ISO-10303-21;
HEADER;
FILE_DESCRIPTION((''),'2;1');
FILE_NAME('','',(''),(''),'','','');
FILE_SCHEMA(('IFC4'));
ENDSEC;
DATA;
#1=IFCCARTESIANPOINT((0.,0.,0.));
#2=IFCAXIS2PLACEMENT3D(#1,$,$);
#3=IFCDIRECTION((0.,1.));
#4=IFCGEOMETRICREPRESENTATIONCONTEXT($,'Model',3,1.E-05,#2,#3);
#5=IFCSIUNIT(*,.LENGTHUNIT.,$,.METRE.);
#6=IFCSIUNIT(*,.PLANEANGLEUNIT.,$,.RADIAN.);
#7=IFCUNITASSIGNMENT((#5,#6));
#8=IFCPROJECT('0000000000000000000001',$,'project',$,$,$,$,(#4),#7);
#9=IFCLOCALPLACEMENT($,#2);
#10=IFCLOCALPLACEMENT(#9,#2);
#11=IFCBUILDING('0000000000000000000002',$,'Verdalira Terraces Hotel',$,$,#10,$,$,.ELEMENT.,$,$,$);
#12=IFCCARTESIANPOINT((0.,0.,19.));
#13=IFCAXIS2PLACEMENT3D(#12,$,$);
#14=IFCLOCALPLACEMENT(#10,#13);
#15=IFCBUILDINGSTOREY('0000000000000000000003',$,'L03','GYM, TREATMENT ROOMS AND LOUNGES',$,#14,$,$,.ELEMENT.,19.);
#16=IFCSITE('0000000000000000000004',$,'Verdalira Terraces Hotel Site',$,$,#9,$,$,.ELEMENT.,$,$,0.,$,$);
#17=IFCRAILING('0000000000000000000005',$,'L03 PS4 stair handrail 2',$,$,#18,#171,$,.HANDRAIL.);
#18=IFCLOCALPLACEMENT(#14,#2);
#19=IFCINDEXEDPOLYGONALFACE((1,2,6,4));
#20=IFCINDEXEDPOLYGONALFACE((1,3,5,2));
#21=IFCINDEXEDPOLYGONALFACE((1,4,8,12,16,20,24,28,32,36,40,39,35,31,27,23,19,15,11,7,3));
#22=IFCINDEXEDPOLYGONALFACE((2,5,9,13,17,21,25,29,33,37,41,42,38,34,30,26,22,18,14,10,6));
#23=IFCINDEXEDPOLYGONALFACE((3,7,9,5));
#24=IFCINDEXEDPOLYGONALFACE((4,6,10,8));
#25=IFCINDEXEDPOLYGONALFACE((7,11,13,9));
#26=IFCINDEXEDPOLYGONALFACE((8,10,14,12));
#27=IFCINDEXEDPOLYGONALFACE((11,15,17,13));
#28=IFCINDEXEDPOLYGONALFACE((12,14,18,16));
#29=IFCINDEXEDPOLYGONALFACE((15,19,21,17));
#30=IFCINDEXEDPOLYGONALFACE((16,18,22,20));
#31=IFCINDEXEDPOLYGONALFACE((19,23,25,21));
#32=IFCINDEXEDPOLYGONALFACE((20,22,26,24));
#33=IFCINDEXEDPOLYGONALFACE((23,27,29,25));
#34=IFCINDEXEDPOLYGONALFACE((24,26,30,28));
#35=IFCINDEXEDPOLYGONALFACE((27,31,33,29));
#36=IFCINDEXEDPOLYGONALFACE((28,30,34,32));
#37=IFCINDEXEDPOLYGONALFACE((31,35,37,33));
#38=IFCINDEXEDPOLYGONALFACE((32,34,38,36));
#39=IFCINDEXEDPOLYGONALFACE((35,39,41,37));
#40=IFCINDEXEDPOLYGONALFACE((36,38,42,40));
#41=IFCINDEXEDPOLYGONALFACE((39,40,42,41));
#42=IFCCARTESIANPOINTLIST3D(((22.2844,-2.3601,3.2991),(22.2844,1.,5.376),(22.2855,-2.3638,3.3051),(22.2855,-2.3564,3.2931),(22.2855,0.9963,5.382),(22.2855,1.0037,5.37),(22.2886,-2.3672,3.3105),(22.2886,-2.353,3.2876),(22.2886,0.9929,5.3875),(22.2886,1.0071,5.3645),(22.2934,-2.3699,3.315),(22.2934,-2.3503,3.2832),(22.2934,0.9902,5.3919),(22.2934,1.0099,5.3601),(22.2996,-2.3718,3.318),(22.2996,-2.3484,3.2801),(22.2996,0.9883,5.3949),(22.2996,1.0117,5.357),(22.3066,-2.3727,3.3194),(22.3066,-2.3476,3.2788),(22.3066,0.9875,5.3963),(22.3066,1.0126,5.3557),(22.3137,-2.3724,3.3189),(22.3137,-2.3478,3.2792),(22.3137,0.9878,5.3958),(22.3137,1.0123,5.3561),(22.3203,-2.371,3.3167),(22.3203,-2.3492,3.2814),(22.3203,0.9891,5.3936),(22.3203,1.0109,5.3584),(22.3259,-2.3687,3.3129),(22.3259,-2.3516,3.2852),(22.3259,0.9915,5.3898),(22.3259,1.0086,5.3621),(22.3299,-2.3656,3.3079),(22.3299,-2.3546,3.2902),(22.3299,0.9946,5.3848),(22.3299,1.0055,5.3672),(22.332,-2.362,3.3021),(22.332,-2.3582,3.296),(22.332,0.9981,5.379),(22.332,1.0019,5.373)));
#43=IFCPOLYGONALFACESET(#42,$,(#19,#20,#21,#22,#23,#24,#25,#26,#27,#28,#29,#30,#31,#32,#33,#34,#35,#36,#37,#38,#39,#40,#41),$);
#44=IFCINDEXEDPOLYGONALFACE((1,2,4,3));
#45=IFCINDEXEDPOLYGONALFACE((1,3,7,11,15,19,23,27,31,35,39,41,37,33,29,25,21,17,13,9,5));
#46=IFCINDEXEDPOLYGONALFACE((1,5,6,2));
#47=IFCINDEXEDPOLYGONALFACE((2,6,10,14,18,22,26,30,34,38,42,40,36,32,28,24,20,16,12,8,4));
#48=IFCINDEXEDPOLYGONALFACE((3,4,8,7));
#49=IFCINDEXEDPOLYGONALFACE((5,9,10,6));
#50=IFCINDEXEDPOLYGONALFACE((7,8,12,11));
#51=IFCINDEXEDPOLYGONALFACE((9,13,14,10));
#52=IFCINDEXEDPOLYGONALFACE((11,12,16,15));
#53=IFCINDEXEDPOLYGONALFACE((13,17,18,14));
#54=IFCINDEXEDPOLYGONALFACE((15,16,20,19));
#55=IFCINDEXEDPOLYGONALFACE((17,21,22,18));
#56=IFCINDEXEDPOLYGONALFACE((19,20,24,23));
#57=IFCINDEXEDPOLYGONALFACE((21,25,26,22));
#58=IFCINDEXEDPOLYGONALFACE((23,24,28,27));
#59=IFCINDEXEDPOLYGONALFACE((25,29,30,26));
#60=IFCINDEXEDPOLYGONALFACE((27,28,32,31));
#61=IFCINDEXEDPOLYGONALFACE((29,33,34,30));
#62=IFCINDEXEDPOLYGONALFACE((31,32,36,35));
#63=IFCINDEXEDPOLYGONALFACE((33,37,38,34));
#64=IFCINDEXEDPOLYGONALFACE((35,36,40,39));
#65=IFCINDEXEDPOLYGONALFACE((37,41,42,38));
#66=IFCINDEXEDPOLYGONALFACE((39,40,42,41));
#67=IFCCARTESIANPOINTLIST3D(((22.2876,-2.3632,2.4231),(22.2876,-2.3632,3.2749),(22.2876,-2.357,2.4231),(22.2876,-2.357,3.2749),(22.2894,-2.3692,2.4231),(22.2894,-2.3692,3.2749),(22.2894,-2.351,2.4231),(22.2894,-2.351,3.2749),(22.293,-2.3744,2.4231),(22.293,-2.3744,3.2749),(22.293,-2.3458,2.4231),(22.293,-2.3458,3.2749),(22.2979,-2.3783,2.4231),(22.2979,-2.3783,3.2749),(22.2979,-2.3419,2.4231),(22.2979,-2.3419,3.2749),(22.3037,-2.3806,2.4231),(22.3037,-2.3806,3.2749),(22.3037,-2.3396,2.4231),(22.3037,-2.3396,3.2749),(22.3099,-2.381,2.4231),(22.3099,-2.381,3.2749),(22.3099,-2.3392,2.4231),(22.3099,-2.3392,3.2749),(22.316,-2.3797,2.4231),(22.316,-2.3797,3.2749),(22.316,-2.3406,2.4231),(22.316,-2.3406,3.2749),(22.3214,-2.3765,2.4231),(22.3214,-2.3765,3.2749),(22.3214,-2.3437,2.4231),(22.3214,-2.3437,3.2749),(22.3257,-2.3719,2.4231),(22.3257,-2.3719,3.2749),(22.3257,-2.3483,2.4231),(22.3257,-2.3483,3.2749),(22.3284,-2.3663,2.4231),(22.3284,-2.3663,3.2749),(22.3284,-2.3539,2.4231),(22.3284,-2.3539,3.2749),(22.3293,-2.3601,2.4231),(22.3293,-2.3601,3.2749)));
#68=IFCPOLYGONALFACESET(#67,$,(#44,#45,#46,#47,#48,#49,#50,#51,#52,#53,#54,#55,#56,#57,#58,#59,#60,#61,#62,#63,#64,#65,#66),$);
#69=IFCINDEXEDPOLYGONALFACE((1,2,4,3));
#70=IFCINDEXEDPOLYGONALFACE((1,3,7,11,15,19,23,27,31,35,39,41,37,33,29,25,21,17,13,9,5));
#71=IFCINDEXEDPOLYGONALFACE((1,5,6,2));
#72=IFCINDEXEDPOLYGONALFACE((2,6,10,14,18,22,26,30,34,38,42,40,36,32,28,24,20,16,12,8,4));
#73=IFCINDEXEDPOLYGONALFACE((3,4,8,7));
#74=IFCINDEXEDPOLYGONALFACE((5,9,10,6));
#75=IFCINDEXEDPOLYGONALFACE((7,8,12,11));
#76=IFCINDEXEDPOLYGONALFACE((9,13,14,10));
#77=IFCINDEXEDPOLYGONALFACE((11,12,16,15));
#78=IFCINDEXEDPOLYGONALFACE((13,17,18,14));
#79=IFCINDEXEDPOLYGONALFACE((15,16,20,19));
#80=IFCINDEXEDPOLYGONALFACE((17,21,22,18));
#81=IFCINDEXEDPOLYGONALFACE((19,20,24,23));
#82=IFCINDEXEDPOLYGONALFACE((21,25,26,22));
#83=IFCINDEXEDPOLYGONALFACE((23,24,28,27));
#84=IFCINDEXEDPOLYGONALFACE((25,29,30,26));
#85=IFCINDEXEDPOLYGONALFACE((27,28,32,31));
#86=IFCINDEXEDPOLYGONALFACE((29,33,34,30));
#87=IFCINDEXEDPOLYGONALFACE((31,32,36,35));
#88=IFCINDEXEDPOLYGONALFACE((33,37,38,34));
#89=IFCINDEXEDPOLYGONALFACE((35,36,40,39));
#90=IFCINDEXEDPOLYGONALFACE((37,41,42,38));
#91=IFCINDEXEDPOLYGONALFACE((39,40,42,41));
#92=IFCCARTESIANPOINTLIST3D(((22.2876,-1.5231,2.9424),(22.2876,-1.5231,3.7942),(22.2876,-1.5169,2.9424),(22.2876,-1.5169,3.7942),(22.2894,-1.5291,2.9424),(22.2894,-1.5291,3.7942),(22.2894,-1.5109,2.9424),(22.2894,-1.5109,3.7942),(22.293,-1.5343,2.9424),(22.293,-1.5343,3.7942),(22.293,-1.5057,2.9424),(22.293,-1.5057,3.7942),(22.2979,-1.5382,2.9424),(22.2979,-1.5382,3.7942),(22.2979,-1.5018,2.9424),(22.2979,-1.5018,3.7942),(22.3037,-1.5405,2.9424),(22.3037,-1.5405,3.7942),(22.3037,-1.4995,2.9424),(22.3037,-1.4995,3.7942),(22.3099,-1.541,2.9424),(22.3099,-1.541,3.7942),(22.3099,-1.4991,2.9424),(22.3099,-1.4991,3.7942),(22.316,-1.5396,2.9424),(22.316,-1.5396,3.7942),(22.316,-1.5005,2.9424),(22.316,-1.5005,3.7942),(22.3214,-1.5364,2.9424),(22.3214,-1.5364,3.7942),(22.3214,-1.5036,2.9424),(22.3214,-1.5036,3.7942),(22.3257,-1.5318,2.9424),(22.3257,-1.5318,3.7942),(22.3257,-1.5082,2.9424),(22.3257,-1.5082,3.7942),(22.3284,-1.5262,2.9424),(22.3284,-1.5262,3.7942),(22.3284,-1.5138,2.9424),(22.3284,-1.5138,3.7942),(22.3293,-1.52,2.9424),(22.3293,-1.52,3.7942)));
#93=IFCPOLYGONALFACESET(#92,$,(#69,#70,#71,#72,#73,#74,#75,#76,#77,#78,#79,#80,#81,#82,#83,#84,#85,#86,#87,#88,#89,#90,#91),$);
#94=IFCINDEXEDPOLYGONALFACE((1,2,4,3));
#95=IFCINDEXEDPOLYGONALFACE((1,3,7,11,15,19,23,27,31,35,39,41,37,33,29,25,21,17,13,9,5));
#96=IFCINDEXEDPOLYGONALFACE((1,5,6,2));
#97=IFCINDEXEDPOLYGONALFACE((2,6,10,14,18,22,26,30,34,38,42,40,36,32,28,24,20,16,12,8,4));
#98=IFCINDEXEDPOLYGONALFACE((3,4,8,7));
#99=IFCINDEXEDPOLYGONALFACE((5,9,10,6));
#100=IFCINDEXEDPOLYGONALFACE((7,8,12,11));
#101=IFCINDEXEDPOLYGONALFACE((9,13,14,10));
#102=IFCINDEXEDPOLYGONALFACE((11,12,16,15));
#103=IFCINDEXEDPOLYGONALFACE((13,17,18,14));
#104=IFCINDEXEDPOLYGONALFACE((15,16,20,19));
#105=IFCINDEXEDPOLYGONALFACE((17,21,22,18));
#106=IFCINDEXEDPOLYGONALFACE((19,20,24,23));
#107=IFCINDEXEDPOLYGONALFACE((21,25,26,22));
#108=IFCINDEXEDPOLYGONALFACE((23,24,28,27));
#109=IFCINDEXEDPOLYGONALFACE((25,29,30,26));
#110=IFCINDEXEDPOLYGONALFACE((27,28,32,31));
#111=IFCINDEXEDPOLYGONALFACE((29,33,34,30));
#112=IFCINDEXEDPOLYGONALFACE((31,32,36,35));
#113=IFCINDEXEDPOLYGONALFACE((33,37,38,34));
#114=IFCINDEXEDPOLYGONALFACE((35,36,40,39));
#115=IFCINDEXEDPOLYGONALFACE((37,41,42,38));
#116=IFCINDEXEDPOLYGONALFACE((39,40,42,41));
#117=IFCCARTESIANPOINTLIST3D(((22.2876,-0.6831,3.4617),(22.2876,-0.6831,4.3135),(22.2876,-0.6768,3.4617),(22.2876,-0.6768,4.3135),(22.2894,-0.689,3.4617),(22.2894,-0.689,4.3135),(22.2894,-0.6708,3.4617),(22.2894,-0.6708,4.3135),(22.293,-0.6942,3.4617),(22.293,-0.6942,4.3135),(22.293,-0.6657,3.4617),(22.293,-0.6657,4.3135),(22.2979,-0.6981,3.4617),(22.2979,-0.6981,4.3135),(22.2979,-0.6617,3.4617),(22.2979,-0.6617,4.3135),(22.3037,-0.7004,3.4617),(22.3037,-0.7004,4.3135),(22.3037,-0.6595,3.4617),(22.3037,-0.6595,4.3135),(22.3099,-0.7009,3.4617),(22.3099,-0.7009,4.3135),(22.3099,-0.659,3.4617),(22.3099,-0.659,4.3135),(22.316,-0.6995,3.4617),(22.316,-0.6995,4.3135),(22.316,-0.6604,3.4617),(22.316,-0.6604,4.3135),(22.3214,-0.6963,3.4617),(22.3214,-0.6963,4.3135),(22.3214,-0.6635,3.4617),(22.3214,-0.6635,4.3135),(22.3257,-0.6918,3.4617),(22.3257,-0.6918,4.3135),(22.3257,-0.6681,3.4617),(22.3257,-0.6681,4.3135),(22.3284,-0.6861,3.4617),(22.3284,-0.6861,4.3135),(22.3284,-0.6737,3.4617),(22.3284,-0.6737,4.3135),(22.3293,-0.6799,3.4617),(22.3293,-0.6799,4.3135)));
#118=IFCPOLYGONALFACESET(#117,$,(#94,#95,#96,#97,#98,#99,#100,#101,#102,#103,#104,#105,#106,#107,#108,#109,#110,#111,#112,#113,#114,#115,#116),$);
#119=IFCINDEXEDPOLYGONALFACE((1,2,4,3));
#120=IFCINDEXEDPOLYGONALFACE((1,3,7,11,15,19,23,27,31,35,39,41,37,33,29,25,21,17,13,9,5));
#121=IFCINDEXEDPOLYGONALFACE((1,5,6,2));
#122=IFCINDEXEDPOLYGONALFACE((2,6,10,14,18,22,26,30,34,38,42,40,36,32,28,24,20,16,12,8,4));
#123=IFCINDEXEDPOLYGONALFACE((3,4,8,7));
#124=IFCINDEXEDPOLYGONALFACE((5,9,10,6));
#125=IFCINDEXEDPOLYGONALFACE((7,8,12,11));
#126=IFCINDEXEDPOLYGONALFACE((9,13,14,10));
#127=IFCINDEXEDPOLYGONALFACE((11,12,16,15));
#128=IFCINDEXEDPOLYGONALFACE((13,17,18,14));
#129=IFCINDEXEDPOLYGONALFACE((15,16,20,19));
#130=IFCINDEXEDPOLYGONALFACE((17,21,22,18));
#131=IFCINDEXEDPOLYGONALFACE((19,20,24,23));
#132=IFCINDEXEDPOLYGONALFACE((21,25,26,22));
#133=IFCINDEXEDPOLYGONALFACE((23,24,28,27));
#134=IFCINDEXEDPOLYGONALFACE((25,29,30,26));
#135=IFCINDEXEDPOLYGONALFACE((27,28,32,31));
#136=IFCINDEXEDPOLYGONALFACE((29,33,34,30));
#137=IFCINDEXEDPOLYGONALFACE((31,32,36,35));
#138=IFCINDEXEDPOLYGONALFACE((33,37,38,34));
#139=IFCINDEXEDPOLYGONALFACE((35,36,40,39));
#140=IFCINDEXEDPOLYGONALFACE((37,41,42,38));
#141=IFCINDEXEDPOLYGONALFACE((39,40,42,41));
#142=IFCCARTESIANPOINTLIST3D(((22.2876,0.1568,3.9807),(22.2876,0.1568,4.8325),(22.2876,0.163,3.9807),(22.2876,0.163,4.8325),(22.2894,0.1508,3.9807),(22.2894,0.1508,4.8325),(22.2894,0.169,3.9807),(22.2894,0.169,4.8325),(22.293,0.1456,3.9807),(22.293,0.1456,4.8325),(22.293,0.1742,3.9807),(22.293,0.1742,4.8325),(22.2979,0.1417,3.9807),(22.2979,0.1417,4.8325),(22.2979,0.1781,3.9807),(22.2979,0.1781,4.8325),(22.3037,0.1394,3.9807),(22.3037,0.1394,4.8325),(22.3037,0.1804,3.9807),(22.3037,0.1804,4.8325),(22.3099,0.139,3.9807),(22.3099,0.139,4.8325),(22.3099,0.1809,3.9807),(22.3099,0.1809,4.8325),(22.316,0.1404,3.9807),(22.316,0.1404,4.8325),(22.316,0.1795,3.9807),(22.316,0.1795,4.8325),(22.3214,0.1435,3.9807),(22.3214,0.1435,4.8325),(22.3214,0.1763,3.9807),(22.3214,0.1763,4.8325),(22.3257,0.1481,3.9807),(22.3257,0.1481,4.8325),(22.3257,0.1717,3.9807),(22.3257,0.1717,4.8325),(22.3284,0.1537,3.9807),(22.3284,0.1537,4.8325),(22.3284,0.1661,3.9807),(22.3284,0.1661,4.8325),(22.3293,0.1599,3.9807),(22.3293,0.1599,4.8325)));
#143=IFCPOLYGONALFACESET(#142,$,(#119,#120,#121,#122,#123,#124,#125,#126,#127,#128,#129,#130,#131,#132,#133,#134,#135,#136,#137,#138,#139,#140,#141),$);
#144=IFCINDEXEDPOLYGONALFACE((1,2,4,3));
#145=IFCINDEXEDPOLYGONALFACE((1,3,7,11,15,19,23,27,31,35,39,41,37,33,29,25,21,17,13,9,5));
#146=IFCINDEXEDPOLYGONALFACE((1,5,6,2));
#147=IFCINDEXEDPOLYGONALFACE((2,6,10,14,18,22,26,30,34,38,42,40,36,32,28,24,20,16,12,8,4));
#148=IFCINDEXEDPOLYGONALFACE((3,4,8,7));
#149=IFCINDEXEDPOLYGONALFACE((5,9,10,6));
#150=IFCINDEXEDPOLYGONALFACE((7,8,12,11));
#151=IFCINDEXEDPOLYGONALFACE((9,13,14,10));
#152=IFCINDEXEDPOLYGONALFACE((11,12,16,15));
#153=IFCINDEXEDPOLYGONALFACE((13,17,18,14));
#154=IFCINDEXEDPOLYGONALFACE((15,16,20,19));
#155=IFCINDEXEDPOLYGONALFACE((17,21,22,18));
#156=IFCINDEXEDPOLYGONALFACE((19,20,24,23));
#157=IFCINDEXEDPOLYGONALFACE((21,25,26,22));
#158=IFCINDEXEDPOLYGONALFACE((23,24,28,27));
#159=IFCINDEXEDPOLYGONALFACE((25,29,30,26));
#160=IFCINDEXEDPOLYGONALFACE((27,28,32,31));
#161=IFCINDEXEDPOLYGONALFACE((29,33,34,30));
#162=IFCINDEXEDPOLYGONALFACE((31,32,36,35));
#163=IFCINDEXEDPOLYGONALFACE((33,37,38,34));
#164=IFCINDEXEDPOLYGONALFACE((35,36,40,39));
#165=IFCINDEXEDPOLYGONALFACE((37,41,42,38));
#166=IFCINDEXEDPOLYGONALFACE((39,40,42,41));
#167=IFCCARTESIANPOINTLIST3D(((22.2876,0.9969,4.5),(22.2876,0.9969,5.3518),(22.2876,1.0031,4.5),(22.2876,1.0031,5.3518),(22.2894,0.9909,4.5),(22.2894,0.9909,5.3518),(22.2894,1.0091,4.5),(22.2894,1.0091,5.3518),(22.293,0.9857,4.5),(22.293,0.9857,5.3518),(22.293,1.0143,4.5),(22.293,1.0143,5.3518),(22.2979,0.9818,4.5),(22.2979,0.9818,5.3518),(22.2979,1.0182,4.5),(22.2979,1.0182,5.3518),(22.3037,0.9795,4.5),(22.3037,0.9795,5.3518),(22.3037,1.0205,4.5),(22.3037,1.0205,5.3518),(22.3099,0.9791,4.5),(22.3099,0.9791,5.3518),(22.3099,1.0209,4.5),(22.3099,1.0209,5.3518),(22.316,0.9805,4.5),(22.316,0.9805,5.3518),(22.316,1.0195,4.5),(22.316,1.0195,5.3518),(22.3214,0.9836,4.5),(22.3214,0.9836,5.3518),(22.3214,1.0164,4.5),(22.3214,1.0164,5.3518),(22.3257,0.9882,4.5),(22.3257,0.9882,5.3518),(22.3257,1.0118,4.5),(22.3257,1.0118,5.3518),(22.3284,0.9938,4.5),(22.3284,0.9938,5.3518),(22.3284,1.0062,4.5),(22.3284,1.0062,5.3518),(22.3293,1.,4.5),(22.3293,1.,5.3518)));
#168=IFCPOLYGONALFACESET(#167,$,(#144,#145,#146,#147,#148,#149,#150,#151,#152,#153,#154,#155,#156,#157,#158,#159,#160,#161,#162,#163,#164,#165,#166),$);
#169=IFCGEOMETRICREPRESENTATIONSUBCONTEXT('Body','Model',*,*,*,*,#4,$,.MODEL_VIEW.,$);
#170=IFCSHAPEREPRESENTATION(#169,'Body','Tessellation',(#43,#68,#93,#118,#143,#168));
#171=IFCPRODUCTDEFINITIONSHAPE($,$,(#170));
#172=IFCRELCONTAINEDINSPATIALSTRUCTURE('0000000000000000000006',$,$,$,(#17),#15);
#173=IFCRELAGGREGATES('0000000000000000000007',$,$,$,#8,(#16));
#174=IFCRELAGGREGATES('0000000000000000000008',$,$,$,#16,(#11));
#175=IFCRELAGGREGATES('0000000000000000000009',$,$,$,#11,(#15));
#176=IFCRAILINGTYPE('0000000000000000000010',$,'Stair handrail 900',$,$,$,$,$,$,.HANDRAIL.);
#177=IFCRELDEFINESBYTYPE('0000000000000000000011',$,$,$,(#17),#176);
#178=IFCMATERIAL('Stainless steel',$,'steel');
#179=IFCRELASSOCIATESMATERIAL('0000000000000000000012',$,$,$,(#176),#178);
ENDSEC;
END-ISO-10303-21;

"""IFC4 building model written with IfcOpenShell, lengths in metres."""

from ifc_helpers import new_model, si_unit, direction, frame, origin, origin_2d, place, context, subcontext, project, spatial, circle, extrude, material, type_object, element, save


model = new_model("IFC4")

# Units and contexts
model_context = context("Model", 3, precision=1e-05, world=origin(), true_north=direction((0.0, 1.0)))
body_context = subcontext(model_context, "Body", "Model", "MODEL_VIEW")
ifc_project = project(units=[si_unit("LENGTHUNIT", "METRE"), si_unit("PLANEANGLEUNIT", "RADIAN")], contexts=[model_context])

# Site, building, storey
site_placement = place(None, origin())
site = spatial("IfcSite", under=ifc_project, at=site_placement, Name="Verdalira Terraces Hotel Site", CompositionType="ELEMENT", RefElevation=0.0)
building_placement = place(site_placement, origin())
building = spatial("IfcBuilding", under=site, at=building_placement, Name="Verdalira Terraces Hotel", CompositionType="ELEMENT")
storey_placement = place(building_placement, frame((0.0, 0.0, 19.0)))
storey = spatial("IfcBuildingStorey", under=building, at=storey_placement, Name="L03", Description="GYM, TREATMENT ROOMS AND LOUNGES", CompositionType="ELEMENT", Elevation=19.0)

# Railing
ifc_material_1 = material(Name="Stainless steel", Category="steel")
railing_type_1 = type_object("IfcRailingType", Name="Stair handrail 900", PredefinedType="HANDRAIL", material=ifc_material_1)
railing_1_placement = place(storey_placement, frame((22.3084, -2.3601, 2.4231)))
element("IfcRailing", 1, at=railing_1_placement, inside=storey, type_object=railing_type_1, Name="L03 PS4 stair handrail 2", PredefinedType="HANDRAIL", context=body_context, shape_type="SweptSolid", body=[
    extrude(circle(Radius=0.0239, at=origin_2d()), frame((0.0, 0.0, 0.876), z_axis=(0.0, 0.850623, 0.525776), x_axis=(-1.0, 0.0, 0.0)), (0.0, 0.0, 1.0), 3.9502),
    extrude(circle(Radius=0.021, at=origin_2d()), origin(), (0.0, 0.0, 1.0), 0.8518),
    extrude(circle(Radius=0.021, at=origin_2d()), frame((0.0, 0.8401, 0.5193)), (0.0, 0.0, 1.0), 0.8518),
    extrude(circle(Radius=0.021, at=origin_2d()), frame((0.0, 1.6802, 1.0386)), (0.0, 0.0, 1.0), 0.8518),
    extrude(circle(Radius=0.021, at=origin_2d()), frame((0.0, 2.52, 1.5576)), (0.0, 0.0, 1.0), 0.8518),
    extrude(circle(Radius=0.021, at=origin_2d()), frame((0.0, 3.3601, 2.0769)), (0.0, 0.0, 1.0), 0.8518),
])

save(model, "model.ifc")
